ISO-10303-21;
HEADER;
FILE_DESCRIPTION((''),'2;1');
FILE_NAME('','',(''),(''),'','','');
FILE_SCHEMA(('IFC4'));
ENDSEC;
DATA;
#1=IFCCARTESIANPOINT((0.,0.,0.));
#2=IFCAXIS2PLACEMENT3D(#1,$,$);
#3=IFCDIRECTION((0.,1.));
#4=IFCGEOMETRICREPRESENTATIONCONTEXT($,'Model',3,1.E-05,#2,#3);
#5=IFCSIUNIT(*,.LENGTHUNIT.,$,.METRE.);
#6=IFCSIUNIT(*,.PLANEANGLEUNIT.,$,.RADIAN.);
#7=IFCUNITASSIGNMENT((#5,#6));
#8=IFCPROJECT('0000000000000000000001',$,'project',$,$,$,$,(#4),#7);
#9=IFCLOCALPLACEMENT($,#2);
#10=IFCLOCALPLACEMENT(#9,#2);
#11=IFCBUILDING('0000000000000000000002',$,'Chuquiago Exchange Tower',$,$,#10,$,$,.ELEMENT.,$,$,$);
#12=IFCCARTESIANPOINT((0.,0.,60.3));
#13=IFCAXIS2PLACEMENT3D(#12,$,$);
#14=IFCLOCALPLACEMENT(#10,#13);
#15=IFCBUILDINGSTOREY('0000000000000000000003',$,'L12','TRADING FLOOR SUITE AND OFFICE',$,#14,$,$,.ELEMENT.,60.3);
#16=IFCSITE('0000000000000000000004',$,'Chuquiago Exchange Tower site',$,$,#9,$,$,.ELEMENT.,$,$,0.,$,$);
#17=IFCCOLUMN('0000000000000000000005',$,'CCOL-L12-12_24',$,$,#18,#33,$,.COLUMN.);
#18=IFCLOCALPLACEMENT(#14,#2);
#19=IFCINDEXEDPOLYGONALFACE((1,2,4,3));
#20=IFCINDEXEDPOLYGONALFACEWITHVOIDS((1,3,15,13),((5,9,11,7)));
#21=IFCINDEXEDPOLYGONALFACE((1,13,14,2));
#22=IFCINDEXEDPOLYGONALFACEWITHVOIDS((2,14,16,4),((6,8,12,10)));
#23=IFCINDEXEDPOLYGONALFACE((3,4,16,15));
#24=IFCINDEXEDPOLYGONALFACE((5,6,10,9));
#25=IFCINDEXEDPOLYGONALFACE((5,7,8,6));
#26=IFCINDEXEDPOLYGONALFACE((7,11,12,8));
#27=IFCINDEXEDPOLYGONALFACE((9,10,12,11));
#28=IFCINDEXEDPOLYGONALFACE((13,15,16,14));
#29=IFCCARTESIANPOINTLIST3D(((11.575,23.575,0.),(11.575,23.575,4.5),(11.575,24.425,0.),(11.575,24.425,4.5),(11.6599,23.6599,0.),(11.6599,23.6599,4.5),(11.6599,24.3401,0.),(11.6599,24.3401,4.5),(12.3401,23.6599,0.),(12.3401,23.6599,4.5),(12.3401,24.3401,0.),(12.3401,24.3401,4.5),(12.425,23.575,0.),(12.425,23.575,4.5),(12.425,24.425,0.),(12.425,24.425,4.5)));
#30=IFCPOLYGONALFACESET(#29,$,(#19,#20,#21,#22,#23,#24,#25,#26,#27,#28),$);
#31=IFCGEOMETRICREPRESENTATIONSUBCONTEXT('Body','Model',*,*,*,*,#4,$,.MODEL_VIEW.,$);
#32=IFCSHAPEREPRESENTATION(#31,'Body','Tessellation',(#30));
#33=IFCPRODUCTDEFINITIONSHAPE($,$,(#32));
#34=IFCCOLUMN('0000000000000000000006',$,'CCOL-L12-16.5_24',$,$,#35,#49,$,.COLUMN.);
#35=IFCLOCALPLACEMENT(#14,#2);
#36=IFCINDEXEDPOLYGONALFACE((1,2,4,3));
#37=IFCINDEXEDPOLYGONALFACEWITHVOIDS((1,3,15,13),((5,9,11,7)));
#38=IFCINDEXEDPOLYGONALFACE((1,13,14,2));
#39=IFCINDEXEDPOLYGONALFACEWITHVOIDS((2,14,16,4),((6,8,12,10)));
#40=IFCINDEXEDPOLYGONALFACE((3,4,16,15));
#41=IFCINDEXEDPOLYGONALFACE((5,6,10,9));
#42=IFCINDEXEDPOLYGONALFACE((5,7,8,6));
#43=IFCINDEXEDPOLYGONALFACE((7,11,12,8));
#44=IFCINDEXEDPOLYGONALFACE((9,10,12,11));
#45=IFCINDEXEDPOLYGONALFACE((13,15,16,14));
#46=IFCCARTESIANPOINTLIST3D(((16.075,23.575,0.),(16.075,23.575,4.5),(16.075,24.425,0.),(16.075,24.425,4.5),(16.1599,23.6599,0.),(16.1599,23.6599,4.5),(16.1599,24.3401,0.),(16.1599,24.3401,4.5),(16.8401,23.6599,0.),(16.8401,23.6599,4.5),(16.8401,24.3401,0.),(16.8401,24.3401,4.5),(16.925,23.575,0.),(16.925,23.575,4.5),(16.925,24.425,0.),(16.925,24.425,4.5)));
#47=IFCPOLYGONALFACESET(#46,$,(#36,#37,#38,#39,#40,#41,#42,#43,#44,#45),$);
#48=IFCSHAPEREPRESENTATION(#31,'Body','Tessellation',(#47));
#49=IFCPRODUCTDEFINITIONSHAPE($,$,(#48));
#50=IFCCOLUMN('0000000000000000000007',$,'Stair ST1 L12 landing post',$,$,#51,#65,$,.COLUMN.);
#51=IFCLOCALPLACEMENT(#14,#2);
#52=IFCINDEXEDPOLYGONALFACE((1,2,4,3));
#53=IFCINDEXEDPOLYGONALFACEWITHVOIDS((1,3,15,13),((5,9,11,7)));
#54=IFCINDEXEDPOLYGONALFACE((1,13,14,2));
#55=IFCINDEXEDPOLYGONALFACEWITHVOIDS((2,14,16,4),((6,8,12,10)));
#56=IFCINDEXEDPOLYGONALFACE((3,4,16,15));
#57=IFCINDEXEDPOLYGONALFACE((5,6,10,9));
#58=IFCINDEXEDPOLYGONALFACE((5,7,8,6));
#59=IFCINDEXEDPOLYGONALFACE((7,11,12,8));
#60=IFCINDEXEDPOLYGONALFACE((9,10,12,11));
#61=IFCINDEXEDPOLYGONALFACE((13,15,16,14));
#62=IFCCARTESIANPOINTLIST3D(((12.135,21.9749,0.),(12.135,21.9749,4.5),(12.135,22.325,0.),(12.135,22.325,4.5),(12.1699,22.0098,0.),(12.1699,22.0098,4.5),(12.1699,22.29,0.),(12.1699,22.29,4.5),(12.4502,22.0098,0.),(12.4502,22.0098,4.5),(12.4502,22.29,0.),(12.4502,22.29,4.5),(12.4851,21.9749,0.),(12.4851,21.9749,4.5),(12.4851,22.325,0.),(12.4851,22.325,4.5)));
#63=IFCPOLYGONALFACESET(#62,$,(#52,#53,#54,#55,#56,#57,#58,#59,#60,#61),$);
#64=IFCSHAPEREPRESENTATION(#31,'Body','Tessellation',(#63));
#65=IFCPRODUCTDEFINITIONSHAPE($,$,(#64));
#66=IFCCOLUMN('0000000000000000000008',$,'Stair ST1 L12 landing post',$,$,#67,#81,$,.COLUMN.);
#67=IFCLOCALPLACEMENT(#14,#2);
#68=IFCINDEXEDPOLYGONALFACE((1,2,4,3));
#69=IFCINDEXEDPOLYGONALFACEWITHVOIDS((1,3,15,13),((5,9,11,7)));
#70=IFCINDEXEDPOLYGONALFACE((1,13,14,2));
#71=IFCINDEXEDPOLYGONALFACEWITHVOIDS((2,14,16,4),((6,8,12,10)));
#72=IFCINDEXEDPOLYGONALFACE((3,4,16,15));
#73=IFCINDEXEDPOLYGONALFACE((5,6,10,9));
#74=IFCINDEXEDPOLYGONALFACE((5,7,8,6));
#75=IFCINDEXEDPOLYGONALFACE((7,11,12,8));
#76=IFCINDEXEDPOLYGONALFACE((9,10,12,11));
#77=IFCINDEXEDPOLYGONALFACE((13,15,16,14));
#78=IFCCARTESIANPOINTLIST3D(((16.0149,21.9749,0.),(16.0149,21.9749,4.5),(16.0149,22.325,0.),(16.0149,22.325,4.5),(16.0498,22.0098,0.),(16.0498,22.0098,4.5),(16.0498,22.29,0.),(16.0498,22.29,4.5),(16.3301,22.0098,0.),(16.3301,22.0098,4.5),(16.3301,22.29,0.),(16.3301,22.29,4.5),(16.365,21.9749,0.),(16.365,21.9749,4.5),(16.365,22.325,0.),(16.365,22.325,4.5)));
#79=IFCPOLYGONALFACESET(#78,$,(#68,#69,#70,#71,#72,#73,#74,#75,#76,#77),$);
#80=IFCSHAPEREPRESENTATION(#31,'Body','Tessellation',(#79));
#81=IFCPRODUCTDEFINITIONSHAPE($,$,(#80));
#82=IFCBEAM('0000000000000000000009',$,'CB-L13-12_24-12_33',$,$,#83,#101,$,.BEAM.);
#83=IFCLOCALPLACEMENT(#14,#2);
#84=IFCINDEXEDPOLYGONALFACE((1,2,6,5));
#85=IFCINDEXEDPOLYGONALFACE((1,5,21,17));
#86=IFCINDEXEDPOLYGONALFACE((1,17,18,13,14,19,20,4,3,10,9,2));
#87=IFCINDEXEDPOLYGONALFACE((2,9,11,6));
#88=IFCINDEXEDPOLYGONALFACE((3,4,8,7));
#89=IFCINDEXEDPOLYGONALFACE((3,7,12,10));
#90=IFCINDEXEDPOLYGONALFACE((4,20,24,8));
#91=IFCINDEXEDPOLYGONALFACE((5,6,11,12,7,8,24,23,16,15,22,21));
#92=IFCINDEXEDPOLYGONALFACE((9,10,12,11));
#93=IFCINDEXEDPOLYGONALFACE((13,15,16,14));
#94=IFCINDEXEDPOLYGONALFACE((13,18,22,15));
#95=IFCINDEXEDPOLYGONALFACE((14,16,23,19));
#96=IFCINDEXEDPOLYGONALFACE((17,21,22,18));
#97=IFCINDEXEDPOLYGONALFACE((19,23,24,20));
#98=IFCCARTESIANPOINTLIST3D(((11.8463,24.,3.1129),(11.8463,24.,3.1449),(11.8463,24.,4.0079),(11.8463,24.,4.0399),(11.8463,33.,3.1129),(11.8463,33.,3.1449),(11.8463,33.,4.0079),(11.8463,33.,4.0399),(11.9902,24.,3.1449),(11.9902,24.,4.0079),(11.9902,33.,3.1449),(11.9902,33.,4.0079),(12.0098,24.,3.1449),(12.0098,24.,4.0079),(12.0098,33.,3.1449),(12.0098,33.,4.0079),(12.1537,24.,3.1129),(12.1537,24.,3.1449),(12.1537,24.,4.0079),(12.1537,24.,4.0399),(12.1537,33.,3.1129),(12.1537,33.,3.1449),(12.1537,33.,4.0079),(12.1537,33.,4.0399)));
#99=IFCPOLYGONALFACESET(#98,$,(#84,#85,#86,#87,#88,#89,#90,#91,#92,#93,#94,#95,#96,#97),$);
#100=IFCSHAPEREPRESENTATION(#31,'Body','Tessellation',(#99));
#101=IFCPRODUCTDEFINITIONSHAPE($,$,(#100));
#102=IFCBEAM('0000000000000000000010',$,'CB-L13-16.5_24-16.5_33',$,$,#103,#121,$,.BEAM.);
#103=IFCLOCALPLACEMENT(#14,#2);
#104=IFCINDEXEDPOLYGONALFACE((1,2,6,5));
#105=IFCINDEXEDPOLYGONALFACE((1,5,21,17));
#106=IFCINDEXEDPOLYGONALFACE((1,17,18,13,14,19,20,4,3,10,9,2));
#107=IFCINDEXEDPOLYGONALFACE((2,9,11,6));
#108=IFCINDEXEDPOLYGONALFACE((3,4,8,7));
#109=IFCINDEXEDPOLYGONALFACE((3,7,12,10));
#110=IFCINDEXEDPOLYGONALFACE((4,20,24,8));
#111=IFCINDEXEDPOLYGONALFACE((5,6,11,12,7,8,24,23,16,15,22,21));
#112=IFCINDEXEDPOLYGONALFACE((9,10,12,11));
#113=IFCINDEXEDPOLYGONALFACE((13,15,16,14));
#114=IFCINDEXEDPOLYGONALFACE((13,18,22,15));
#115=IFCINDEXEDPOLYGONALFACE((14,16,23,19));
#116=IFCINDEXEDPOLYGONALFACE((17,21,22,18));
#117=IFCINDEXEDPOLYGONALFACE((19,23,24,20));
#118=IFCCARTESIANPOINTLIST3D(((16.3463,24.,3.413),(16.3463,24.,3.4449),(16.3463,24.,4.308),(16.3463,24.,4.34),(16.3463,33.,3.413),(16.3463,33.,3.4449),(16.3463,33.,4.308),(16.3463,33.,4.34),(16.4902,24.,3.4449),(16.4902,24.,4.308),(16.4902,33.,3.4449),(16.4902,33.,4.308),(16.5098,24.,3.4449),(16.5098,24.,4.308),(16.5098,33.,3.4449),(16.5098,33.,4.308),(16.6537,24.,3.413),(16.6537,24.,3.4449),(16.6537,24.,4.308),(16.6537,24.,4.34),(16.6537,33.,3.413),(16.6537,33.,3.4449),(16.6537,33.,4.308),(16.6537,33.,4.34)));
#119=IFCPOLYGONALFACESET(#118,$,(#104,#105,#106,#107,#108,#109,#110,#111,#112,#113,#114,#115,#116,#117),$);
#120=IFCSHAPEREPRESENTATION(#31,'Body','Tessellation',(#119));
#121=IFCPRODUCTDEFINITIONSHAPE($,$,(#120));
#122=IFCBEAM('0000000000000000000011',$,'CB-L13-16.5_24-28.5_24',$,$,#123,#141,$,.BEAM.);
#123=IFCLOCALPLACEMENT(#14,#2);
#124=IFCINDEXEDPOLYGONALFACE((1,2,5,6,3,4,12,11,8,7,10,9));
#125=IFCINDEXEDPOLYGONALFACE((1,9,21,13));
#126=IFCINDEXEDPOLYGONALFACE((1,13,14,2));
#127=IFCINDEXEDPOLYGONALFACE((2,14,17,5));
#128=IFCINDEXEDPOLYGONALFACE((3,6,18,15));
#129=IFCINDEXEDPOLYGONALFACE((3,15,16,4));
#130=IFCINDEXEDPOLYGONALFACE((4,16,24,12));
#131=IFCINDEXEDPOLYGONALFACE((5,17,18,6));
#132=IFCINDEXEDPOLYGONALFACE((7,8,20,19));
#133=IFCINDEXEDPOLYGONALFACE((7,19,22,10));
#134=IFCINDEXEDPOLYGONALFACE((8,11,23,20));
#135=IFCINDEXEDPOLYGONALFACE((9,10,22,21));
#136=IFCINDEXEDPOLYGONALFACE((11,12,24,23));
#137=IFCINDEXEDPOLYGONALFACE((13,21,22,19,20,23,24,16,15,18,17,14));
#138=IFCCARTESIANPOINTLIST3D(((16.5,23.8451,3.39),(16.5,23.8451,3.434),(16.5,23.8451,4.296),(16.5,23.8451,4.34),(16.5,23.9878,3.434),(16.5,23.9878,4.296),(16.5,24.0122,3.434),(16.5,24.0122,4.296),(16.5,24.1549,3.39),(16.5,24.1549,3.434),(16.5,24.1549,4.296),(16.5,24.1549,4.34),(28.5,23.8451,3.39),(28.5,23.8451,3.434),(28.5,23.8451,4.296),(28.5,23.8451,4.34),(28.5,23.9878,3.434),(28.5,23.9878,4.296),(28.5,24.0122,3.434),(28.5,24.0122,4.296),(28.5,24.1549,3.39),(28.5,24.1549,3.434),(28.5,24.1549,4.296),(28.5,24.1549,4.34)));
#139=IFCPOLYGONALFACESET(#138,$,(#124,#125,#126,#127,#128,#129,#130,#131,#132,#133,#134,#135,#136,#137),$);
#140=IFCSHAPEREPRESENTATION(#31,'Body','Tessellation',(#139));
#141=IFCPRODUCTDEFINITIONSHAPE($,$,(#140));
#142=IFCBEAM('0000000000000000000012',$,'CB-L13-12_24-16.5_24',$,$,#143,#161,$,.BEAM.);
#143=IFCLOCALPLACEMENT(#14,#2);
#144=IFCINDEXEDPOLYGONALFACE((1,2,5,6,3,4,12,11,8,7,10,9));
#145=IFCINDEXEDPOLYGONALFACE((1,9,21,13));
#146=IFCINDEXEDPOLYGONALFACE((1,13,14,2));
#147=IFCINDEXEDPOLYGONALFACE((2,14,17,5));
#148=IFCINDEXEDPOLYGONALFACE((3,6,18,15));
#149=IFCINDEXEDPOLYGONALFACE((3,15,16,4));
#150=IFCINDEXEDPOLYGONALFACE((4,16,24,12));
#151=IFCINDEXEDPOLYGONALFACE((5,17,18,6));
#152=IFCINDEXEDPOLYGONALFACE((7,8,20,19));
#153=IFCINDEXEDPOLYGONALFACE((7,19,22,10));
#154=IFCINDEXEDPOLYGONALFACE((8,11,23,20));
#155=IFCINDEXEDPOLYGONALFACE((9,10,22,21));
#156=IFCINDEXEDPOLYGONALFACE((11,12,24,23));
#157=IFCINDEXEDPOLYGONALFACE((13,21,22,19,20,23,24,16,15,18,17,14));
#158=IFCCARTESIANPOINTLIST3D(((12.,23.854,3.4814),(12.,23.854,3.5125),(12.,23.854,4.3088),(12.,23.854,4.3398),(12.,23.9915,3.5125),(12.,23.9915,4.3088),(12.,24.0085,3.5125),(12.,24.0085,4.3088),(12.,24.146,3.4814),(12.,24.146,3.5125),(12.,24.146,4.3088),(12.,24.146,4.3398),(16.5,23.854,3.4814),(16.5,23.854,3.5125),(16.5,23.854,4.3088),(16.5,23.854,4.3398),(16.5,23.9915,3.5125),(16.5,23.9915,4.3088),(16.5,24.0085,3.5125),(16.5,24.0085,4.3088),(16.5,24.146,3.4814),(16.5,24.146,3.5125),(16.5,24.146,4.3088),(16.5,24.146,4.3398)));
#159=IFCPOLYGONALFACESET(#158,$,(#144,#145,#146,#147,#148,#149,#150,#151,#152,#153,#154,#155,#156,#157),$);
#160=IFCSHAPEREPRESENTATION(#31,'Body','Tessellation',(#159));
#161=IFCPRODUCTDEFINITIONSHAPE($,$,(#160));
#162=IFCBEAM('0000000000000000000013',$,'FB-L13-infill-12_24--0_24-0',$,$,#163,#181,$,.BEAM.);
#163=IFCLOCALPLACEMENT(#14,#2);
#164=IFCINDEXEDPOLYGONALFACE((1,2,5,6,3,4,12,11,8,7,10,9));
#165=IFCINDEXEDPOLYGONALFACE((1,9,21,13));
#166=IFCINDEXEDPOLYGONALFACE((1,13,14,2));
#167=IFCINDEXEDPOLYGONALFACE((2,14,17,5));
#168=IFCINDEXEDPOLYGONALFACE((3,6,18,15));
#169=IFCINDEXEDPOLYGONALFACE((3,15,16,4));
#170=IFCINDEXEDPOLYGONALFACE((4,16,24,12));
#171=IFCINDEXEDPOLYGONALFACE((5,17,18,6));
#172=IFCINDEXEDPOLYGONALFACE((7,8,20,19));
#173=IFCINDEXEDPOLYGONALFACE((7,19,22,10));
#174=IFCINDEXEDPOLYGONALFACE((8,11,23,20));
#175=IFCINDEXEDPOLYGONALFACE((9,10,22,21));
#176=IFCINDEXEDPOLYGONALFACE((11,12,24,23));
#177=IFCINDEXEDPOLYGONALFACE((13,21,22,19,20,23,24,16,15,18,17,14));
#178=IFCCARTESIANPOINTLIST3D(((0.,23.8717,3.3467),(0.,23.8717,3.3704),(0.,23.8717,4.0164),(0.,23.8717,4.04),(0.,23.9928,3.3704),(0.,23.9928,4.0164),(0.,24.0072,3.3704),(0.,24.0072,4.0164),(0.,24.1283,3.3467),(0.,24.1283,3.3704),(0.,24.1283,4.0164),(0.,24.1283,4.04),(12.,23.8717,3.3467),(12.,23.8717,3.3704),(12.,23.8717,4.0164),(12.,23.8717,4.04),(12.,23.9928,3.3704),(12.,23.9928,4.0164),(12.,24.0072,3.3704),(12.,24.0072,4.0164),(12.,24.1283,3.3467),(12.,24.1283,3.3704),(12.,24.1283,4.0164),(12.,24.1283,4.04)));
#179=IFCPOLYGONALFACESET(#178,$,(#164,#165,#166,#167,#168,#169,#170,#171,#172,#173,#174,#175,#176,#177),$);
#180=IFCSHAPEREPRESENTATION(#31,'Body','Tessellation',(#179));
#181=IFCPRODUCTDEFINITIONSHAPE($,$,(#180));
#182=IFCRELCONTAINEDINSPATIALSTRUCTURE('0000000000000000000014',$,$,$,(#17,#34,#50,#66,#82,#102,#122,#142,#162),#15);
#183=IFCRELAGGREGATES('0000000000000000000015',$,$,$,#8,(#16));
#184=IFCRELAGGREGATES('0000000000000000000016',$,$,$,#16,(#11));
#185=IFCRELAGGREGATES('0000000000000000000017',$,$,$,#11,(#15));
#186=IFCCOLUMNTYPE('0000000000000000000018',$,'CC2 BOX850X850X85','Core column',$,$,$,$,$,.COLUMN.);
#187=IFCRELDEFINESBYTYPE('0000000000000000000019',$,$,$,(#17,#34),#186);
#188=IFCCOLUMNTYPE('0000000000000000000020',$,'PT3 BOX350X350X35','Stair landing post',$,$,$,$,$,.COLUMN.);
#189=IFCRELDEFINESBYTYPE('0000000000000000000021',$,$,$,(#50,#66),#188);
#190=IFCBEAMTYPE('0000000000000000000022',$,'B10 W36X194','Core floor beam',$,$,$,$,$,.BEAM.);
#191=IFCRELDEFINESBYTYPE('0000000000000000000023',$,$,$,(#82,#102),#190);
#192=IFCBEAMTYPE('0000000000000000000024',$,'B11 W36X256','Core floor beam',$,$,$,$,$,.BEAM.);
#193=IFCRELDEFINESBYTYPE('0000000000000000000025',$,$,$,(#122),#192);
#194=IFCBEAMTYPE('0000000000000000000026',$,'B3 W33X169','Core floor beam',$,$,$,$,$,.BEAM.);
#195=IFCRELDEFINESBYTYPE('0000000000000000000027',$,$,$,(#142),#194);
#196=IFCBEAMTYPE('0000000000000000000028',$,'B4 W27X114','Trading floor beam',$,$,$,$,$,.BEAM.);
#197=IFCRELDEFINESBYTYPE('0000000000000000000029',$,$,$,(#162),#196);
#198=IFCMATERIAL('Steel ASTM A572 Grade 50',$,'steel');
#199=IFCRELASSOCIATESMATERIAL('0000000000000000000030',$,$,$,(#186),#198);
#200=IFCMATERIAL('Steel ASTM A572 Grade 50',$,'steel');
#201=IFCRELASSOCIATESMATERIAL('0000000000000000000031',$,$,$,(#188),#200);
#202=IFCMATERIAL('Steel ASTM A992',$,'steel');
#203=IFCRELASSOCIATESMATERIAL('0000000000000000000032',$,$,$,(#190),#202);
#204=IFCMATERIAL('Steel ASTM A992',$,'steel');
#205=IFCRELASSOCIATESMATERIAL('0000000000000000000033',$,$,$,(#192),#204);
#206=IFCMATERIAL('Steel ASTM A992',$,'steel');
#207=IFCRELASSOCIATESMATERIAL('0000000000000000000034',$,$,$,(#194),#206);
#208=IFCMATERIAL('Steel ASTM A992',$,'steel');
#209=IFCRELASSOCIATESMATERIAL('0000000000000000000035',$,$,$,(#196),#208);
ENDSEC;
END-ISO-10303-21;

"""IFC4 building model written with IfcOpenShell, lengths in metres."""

from ifc_helpers import new_model, si_unit, direction, frame, origin, origin_2d, place, context, subcontext, project, spatial, hollow_rectangle, i_section, extrude, material, material_profile, profile_set, type_object, element, save


model = new_model("IFC4")

# Units and contexts
model_context = context("Model", 3, precision=1e-05, world=origin(), true_north=direction((0.0, 1.0)))
body_context = subcontext(model_context, "Body", "Model", "MODEL_VIEW")
ifc_project = project(units=[si_unit("LENGTHUNIT", "METRE"), si_unit("PLANEANGLEUNIT", "RADIAN")], contexts=[model_context])

# Site, building, storey
site_placement = place(None, origin())
site = spatial("IfcSite", under=ifc_project, at=site_placement, Name="Chuquiago Exchange Tower site", CompositionType="ELEMENT", RefElevation=0.0)
building_placement = place(site_placement, origin())
building = spatial("IfcBuilding", under=site, at=building_placement, Name="Chuquiago Exchange Tower", CompositionType="ELEMENT")
storey_placement = place(building_placement, frame((0.0, 0.0, 60.3)))
storey = spatial("IfcBuildingStorey", under=building, at=storey_placement, Name="L12", Description="TRADING FLOOR SUITE AND OFFICE", CompositionType="ELEMENT", Elevation=60.3)

# Columns
ifc_material_1 = material(Name="Steel ASTM A572 Grade 50", Category="steel")
ifc_material_profile_1 = material_profile(ifc_material_1, hollow_rectangle(XDim=0.8501, YDim=0.8501, WallThickness=0.085, at=origin_2d()), Name="BOX850X850X85")
ifc_profile_set_1 = profile_set([ifc_material_profile_1], Name="Steel ASTM A572 Grade 50")
column_type_1 = type_object("IfcColumnType", Name="CC2 BOX850X850X85", Description="Core column", PredefinedType="COLUMN", material=ifc_profile_set_1)
for number, where, z_axis, x_axis, name in (
    (1, (12.0, 24.0, 0.0), (0.0, 0.0, 1.0), (1.0, 0.0, 0.0), "CCOL-L12-12_24"),
    (2, (16.5, 24.0, 0.0), (0.0, 0.0, 1.0), (1.0, 0.0, 0.0), "CCOL-L12-16.5_24"),
):
    element("IfcColumn", number, at=place(storey_placement, frame(where, z_axis=z_axis, x_axis=x_axis)), inside=storey, type_object=column_type_1, Name=name, PredefinedType="COLUMN", context=body_context, shape_type="SweptSolid", body=[
        extrude(hollow_rectangle(XDim=0.8501, YDim=0.8501, WallThickness=0.085, at=origin_2d()), origin(), (0.0, 0.0, 1.0), 4.5),
    ])
ifc_material_2 = material(Name="Steel ASTM A572 Grade 50", Category="steel")
ifc_material_profile_2 = material_profile(ifc_material_2, hollow_rectangle(XDim=0.3501, YDim=0.3501, WallThickness=0.0349, at=origin_2d()), Name="BOX350X350X35")
ifc_profile_set_2 = profile_set([ifc_material_profile_2], Name="Steel ASTM A572 Grade 50")
column_type_2 = type_object("IfcColumnType", Name="PT3 BOX350X350X35", Description="Stair landing post", PredefinedType="COLUMN", material=ifc_profile_set_2)
for number, where, z_axis, x_axis, name in (
    (3, (12.3101, 22.1499, 0.0), (0.0, 0.0, 1.0), (1.0, 0.0, 0.0), "Stair ST1 L12 landing post"),
    (4, (16.1899, 22.1499, 0.0), (0.0, 0.0, 1.0), (1.0, 0.0, 0.0), "Stair ST1 L12 landing post"),
):
    element("IfcColumn", number, at=place(storey_placement, frame(where, z_axis=z_axis, x_axis=x_axis)), inside=storey, type_object=column_type_2, Name=name, PredefinedType="COLUMN", context=body_context, shape_type="SweptSolid", body=[
        extrude(hollow_rectangle(XDim=0.3501, YDim=0.3501, WallThickness=0.0349, at=origin_2d()), origin(), (0.0, 0.0, 1.0), 4.5),
    ])

# Beams
ifc_material_3 = material(Name="Steel ASTM A992", Category="steel")
ifc_material_profile_3 = material_profile(ifc_material_3, i_section(OverallWidth=0.3074, OverallDepth=0.927, WebThickness=0.0195, FlangeThickness=0.032, at=origin_2d()), Name="W36X194")
ifc_profile_set_3 = profile_set([ifc_material_profile_3], Name="Steel ASTM A992")
beam_type_1 = type_object("IfcBeamType", Name="B10 W36X194", Description="Core floor beam", PredefinedType="BEAM", material=ifc_profile_set_3)
for number, where, z_axis, x_axis, name in (
    (5, (12.0, 24.0, 3.5764), (0.0, 1.0, 0.0), (-1.0, 0.0, 0.0), "CB-L13-12_24-12_33"),
    (6, (16.5, 24.0, 3.8765), (0.0, 1.0, 0.0), (-1.0, 0.0, 0.0), "CB-L13-16.5_24-16.5_33"),
):
    element("IfcBeam", number, at=place(storey_placement, frame(where, z_axis=z_axis, x_axis=x_axis)), inside=storey, type_object=beam_type_1, Name=name, PredefinedType="BEAM", context=body_context, shape_type="SweptSolid", body=[
        extrude(i_section(OverallWidth=0.3074, OverallDepth=0.927, WebThickness=0.0195, FlangeThickness=0.032, at=origin_2d()), origin(), (0.0, 0.0, 1.0), 9.0),
    ])
ifc_material_4 = material(Name="Steel ASTM A992", Category="steel")
ifc_material_profile_4 = material_profile(ifc_material_4, i_section(OverallWidth=0.3098, OverallDepth=0.95, WebThickness=0.0244, FlangeThickness=0.0439, at=origin_2d()), Name="W36X256")
ifc_profile_set_4 = profile_set([ifc_material_profile_4], Name="Steel ASTM A992")
beam_type_2 = type_object("IfcBeamType", Name="B11 W36X256", Description="Core floor beam", PredefinedType="BEAM", material=ifc_profile_set_4)
beam_1_placement = place(storey_placement, frame((16.5, 24.0, 3.865), z_axis=(1.0, 0.0, 0.0), x_axis=(0.0, 1.0, 0.0)))
element("IfcBeam", 7, at=beam_1_placement, inside=storey, type_object=beam_type_2, Name="CB-L13-16.5_24-28.5_24", PredefinedType="BEAM", context=body_context, shape_type="SweptSolid", body=[
    extrude(i_section(OverallWidth=0.3098, OverallDepth=0.95, WebThickness=0.0244, FlangeThickness=0.0439, at=origin_2d()), origin(), (0.0, 0.0, 1.0), 12.0),
])
ifc_material_5 = material(Name="Steel ASTM A992", Category="steel")
ifc_material_profile_5 = material_profile(ifc_material_5, i_section(OverallWidth=0.292, OverallDepth=0.8584, WebThickness=0.0171, FlangeThickness=0.031, at=origin_2d()), Name="W33X169")
ifc_profile_set_5 = profile_set([ifc_material_profile_5], Name="Steel ASTM A992")
beam_type_3 = type_object("IfcBeamType", Name="B3 W33X169", Description="Core floor beam", PredefinedType="BEAM", material=ifc_profile_set_5)
beam_2_placement = place(storey_placement, frame((12.0, 24.0, 3.9106), z_axis=(1.0, 0.0, 0.0), x_axis=(0.0, 1.0, 0.0)))
element("IfcBeam", 8, at=beam_2_placement, inside=storey, type_object=beam_type_3, Name="CB-L13-12_24-16.5_24", PredefinedType="BEAM", context=body_context, shape_type="SweptSolid", body=[
    extrude(i_section(OverallWidth=0.292, OverallDepth=0.8584, WebThickness=0.0171, FlangeThickness=0.031, at=origin_2d()), origin(), (0.0, 0.0, 1.0), 4.5),
])
ifc_material_6 = material(Name="Steel ASTM A992", Category="steel")
ifc_material_profile_6 = material_profile(ifc_material_6, i_section(OverallWidth=0.2566, OverallDepth=0.6934, WebThickness=0.0144, FlangeThickness=0.0237, at=origin_2d()), Name="W27X114")
ifc_profile_set_6 = profile_set([ifc_material_profile_6], Name="Steel ASTM A992")
beam_type_4 = type_object("IfcBeamType", Name="B4 W27X114", Description="Trading floor beam", PredefinedType="BEAM", material=ifc_profile_set_6)
for number, where, z_axis, x_axis, name in (
    (9, (12.0, 24.0, 3.6934), (-1.0, 0.0, 0.0), (0.0, -1.0, 0.0), "FB-L13-infill-12_24--0_24-0"),
):
    element("IfcBeam", number, at=place(storey_placement, frame(where, z_axis=z_axis, x_axis=x_axis)), inside=storey, type_object=beam_type_4, Name=name, PredefinedType="BEAM", context=body_context, shape_type="SweptSolid", body=[
        extrude(i_section(OverallWidth=0.2566, OverallDepth=0.6934, WebThickness=0.0144, FlangeThickness=0.0237, at=origin_2d()), origin(), (0.0, 0.0, 1.0), 12.0),
    ])

save(model, "model.ifc")
